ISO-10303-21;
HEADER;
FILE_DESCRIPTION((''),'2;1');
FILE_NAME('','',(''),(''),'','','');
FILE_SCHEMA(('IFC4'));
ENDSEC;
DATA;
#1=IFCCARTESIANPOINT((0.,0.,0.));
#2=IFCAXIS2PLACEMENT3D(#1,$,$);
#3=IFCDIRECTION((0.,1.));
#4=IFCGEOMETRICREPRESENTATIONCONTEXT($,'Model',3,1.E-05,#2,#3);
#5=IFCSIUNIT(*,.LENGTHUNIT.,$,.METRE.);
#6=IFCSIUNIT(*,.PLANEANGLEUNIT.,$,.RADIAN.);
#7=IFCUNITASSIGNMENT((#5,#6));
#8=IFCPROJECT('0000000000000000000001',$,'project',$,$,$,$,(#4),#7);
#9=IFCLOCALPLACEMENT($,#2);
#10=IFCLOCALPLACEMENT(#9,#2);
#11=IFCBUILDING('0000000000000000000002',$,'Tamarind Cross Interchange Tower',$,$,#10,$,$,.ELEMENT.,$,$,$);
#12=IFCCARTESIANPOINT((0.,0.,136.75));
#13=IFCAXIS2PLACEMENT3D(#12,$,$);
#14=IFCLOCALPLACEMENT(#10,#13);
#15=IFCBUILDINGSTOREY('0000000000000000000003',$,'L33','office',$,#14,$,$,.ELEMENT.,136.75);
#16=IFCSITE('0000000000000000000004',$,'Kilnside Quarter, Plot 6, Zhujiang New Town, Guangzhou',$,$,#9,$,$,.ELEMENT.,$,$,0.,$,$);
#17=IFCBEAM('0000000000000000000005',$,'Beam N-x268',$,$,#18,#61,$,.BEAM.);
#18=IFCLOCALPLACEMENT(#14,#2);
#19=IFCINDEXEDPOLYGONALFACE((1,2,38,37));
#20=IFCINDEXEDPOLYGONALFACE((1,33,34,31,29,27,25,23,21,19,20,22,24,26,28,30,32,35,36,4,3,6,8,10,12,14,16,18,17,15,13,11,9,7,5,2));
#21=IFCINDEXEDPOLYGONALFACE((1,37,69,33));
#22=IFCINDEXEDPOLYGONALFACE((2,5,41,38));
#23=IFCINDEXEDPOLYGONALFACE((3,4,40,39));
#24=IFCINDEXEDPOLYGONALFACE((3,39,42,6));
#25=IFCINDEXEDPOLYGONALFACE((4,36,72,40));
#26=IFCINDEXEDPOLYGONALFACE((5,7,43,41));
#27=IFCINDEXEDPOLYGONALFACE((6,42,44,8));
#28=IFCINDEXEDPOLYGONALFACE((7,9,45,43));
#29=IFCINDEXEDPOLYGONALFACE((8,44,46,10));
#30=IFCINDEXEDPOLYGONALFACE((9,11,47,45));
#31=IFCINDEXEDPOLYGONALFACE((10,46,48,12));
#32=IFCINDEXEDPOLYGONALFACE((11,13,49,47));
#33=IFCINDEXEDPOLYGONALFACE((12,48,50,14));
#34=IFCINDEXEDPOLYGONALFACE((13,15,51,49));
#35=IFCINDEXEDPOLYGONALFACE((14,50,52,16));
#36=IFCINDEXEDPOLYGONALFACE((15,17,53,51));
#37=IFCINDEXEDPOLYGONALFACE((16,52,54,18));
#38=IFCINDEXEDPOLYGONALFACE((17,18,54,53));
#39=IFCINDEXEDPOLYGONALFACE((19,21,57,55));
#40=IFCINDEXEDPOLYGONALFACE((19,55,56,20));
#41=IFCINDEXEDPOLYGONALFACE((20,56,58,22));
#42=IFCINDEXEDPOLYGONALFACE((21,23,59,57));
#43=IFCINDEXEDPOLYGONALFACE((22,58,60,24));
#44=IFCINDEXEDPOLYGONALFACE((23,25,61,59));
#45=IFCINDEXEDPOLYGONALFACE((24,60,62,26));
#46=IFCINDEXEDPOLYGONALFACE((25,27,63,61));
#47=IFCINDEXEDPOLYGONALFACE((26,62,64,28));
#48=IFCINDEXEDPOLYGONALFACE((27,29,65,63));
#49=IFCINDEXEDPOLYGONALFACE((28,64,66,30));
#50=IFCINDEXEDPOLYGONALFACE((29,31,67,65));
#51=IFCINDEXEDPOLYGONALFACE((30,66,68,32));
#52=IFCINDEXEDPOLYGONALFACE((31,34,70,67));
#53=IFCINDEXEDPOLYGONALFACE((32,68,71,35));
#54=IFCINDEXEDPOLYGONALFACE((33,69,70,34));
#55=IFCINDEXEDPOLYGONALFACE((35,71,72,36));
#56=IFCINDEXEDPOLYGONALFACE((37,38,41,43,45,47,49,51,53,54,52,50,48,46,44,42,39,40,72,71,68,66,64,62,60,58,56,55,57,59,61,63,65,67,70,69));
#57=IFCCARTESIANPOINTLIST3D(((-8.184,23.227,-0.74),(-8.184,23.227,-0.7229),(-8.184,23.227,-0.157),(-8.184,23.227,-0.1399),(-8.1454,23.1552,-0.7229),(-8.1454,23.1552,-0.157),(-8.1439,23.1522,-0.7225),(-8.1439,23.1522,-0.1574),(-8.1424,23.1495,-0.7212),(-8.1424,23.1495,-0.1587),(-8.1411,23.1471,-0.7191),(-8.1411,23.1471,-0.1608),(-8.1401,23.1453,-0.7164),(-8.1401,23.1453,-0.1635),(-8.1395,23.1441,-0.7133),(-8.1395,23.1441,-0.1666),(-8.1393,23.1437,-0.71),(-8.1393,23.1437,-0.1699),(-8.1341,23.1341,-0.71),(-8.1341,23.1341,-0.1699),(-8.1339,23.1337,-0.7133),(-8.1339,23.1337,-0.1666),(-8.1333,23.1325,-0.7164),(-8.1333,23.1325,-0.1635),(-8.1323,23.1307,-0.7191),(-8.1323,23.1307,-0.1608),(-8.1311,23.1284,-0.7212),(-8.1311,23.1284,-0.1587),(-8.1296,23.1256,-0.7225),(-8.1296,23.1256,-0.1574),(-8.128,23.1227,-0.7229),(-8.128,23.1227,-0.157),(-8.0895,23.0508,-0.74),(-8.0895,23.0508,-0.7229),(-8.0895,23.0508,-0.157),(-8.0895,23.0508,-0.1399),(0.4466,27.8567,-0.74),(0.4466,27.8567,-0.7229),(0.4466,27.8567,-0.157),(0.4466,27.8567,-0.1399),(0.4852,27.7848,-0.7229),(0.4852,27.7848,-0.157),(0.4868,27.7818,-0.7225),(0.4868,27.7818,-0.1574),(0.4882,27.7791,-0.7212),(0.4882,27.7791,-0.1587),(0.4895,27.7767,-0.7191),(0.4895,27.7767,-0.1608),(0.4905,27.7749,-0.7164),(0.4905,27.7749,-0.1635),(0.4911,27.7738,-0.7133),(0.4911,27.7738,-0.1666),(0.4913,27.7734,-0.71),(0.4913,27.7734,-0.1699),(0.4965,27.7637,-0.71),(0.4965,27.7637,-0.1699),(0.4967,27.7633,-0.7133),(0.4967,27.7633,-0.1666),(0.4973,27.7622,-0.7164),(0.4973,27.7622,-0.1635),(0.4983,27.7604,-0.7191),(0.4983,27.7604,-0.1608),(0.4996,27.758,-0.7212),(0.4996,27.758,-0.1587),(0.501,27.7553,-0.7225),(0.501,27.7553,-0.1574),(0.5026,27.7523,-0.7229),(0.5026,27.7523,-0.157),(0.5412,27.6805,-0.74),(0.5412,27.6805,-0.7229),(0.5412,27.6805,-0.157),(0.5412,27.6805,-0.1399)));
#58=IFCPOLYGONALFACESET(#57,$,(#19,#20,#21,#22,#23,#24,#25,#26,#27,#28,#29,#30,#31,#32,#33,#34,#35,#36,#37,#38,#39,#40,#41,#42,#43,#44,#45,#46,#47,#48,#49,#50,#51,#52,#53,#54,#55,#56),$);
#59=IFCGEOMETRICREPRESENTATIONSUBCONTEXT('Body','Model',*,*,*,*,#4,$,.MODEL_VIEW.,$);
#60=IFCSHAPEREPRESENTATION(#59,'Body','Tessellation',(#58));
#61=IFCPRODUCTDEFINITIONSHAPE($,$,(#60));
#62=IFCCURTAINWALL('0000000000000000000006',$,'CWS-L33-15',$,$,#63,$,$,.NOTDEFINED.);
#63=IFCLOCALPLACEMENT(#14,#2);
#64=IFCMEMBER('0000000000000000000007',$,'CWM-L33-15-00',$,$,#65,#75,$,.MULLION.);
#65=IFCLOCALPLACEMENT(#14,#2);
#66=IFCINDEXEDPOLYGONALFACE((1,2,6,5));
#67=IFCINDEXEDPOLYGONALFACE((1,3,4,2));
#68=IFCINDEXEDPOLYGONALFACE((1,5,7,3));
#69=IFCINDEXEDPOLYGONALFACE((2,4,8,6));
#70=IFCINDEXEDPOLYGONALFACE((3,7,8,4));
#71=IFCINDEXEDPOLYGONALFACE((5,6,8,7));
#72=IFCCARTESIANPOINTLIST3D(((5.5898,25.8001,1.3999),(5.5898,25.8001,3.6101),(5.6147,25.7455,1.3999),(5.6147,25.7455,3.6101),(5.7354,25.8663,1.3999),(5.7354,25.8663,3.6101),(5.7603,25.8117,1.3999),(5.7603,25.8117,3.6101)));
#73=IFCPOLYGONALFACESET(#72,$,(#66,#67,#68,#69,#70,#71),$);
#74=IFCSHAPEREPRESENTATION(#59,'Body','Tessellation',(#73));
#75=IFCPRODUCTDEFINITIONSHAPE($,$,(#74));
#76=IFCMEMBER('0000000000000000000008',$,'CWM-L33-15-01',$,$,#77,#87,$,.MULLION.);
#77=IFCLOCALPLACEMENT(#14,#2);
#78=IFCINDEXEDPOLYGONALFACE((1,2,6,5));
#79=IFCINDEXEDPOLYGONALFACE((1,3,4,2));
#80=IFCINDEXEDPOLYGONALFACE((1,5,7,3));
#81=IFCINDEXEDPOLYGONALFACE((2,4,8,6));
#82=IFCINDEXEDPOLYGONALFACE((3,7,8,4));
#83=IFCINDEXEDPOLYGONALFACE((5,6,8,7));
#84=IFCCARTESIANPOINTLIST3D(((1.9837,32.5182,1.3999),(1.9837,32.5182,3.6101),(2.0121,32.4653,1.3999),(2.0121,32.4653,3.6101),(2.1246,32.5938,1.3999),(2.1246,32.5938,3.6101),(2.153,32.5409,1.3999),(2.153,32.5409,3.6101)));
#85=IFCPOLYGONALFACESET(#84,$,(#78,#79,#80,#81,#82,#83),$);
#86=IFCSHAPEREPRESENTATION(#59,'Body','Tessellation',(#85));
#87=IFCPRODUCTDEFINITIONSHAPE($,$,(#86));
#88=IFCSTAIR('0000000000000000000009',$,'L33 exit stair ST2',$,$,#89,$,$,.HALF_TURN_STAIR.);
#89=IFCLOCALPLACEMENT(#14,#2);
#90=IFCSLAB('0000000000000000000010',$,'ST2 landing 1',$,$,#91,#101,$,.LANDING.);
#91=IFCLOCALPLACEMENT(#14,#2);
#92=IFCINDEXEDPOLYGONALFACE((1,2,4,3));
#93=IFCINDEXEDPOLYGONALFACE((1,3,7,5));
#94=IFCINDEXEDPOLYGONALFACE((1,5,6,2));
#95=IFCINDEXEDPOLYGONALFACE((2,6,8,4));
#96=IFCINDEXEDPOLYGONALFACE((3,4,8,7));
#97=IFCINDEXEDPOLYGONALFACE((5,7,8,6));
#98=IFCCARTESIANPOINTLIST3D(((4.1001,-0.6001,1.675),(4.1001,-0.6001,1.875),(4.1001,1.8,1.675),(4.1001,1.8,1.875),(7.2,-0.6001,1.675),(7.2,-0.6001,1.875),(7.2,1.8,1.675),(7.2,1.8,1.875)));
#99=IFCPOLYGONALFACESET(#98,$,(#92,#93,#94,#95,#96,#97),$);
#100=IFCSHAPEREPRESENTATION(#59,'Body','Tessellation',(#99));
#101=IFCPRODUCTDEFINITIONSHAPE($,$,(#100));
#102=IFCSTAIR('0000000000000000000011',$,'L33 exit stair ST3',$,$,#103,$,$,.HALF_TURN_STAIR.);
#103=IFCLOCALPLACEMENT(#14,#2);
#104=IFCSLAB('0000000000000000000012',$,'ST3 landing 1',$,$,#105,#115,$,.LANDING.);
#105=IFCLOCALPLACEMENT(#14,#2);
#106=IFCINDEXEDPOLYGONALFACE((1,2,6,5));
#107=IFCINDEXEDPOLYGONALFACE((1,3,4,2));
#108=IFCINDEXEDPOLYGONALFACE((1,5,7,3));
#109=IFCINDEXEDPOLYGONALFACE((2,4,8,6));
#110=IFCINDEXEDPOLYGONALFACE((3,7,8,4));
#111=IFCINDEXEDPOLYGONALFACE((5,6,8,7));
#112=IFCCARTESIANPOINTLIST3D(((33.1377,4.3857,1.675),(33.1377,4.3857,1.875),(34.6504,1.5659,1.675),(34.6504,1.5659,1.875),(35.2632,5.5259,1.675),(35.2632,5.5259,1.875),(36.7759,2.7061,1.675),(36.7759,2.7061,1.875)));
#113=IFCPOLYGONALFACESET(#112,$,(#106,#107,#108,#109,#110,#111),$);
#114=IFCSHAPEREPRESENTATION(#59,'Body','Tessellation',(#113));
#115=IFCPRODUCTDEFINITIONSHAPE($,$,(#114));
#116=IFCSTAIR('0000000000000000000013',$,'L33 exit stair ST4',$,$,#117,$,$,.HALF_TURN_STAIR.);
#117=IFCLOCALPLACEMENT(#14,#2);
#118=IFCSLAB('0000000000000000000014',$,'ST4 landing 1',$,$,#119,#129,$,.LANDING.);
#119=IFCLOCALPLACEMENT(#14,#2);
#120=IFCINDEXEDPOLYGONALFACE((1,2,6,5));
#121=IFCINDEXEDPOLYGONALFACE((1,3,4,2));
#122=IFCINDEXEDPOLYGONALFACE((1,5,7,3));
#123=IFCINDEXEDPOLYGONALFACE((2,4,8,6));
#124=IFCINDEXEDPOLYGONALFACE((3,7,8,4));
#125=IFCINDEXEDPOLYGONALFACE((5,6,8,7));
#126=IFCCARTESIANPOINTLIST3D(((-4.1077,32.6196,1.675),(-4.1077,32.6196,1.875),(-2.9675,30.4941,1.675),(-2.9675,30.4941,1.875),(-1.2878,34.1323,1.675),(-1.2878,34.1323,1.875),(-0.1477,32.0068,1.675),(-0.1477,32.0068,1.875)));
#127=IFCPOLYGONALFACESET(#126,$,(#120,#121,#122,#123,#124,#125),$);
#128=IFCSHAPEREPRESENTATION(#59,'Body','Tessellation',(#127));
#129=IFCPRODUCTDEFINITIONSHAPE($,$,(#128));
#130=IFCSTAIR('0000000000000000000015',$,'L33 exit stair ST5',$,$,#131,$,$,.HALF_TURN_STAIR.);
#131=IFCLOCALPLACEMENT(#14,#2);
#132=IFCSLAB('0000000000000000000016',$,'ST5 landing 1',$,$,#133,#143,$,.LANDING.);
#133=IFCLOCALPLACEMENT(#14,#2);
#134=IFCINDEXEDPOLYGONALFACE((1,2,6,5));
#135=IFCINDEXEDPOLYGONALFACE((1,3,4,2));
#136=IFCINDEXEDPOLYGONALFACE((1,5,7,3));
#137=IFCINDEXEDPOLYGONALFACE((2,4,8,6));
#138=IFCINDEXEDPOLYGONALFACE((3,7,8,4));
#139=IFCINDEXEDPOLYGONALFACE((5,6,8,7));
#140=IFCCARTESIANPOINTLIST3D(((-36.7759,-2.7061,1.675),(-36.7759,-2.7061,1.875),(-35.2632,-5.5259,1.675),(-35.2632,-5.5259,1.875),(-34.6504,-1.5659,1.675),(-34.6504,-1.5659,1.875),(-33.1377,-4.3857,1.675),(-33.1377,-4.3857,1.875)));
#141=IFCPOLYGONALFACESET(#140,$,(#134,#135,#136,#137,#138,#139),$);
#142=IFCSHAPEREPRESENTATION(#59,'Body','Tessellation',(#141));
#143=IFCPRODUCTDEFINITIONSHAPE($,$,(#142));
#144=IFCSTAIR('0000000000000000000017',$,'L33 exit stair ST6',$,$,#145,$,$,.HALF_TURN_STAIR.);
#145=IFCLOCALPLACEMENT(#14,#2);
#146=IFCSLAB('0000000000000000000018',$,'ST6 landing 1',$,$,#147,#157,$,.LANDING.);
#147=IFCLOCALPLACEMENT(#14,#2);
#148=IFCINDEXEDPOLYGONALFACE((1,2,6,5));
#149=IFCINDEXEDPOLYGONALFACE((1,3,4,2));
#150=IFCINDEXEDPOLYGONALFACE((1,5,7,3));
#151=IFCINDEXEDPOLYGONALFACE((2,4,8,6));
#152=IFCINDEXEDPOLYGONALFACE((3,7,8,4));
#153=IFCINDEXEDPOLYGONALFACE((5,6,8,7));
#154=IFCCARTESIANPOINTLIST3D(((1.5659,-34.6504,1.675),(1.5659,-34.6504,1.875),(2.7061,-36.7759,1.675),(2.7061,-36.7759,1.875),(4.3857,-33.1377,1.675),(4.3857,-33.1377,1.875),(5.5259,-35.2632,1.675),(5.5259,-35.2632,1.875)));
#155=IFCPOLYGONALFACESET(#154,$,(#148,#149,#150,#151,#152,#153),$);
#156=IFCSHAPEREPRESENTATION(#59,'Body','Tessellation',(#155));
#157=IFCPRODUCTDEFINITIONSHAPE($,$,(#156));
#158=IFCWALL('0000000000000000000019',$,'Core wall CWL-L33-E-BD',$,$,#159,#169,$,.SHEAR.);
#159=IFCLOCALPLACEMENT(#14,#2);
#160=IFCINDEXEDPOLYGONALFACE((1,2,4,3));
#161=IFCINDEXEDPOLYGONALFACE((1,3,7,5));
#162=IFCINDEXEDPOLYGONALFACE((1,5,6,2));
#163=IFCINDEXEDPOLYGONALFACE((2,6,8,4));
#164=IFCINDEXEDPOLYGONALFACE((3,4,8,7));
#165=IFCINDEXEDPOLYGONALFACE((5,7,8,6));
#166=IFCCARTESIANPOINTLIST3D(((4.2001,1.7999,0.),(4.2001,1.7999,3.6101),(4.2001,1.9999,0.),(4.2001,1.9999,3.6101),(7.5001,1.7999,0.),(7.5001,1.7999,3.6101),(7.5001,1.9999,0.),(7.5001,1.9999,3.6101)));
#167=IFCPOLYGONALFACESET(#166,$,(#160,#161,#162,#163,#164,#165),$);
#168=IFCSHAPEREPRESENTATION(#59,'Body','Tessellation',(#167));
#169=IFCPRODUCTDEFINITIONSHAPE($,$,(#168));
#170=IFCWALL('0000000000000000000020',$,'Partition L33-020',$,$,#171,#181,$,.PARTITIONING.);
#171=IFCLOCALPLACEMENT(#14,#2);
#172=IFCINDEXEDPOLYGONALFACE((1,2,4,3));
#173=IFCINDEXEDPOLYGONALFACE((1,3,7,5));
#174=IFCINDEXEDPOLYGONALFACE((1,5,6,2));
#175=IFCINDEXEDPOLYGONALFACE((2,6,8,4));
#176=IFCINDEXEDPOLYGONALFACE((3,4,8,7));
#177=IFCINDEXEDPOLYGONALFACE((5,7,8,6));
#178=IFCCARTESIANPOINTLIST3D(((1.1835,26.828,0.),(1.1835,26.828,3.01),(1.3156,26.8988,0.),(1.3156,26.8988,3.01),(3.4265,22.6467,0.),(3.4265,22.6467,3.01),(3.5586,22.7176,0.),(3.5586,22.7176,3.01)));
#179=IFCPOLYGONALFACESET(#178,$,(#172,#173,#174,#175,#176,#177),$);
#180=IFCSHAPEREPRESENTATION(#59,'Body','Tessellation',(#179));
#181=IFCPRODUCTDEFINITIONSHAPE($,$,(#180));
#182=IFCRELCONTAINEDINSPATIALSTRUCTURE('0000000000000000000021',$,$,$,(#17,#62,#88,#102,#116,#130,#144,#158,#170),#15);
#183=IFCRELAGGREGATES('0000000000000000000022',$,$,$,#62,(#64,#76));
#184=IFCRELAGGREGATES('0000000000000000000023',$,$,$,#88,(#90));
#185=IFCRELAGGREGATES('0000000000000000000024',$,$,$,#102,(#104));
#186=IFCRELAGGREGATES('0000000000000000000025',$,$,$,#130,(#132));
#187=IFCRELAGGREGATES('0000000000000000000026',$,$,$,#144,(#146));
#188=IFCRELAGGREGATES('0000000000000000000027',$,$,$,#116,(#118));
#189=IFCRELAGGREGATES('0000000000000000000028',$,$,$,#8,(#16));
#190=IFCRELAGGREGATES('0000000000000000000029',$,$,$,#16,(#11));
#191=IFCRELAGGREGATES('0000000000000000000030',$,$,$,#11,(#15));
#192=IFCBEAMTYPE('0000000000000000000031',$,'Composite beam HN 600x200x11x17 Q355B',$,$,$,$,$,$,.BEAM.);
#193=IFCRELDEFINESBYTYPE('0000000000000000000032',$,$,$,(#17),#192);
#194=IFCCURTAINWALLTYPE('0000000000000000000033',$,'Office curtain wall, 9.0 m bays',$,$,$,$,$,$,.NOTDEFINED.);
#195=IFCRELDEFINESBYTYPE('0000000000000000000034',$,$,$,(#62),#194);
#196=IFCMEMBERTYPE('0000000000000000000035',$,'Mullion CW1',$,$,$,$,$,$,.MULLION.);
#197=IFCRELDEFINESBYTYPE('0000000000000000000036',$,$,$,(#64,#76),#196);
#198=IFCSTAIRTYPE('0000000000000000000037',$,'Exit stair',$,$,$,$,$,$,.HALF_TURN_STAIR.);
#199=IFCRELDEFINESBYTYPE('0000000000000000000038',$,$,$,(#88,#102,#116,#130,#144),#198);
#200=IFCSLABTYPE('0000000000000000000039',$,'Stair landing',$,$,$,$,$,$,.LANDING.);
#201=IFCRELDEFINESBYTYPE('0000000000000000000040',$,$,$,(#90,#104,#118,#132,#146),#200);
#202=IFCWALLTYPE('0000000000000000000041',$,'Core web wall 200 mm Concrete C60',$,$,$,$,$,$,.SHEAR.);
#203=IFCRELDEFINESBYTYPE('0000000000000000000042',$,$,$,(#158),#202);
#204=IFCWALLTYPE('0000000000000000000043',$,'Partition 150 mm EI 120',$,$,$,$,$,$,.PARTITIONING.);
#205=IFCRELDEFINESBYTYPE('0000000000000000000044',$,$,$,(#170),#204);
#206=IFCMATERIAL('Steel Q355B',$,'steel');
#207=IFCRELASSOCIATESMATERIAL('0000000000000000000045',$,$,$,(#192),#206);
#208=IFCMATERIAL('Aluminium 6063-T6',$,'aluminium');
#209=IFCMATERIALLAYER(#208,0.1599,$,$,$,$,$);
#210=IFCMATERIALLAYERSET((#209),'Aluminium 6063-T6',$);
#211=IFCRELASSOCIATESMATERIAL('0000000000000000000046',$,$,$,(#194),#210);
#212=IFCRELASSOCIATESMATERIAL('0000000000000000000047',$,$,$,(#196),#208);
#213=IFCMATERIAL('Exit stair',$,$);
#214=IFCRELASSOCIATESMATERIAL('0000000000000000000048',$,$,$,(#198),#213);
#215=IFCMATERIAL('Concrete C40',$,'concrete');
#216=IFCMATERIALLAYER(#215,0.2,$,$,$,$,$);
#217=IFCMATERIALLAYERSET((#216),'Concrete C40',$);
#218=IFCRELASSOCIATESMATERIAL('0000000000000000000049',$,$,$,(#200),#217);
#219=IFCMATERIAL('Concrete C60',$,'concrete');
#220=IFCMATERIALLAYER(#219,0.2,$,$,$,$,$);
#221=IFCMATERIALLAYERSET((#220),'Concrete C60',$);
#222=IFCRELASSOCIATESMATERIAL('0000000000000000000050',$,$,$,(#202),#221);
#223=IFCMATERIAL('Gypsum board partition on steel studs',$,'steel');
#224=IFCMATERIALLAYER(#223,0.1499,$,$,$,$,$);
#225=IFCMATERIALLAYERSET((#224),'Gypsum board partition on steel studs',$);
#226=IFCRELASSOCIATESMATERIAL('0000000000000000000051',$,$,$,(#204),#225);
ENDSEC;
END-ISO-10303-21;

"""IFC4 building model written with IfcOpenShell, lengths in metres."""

from ifc_helpers import new_model, si_unit, direction, frame, frame_2d, origin, origin_2d, place, context, subcontext, project, spatial, polyline, rectangle, i_section, outline, extrude, material, layer, layer_set, material_profile, profile_set, type_object, element, aggregate, save


model = new_model("IFC4")

# Units and contexts
model_context = context("Model", 3, precision=1e-05, world=origin(), true_north=direction((0.0, 1.0)))
body_context = subcontext(model_context, "Body", "Model", "MODEL_VIEW")
ifc_project = project(units=[si_unit("LENGTHUNIT", "METRE"), si_unit("PLANEANGLEUNIT", "RADIAN")], contexts=[model_context])

# Site, building, storey
site_placement = place(None, origin())
site = spatial("IfcSite", under=ifc_project, at=site_placement, Name="Kilnside Quarter, Plot 6, Zhujiang New Town, Guangzhou", CompositionType="ELEMENT", RefElevation=0.0)
building_placement = place(site_placement, origin())
building = spatial("IfcBuilding", under=site, at=building_placement, Name="Tamarind Cross Interchange Tower", CompositionType="ELEMENT")
storey_placement = place(building_placement, frame((0.0, 0.0, 136.75)))
storey = spatial("IfcBuildingStorey", under=building, at=storey_placement, Name="L33", Description="office", CompositionType="ELEMENT", Elevation=136.75)

# Shared definitions
ifc_material_1 = material(Name="Concrete C60", Category="concrete")

# Beam
ifc_material_2 = material(Name="Steel Q355B", Category="steel")
ifc_material_profile_1 = material_profile(ifc_material_2, i_section(OverallWidth=0.2, OverallDepth=0.6001, WebThickness=0.011, FlangeThickness=0.0171, FilletRadius=0.0129, at=origin_2d()), Name="HN 600x200x11x17")
ifc_profile_set_1 = profile_set([ifc_material_profile_1], Name="Steel Q355B")
beam_type_1 = type_object("IfcBeamType", Name="Composite beam HN 600x200x11x17 Q355B", PredefinedType="BEAM", material=ifc_profile_set_1)
beam_1_placement = place(storey_placement, frame((0.4939, 27.7686, -0.4399), z_axis=(-0.881221, -0.472705, 0.0), x_axis=(0.472705, -0.881221, 0.0)))
element("IfcBeam", 1, at=beam_1_placement, inside=storey, type_object=beam_type_1, Name="Beam N-x268", PredefinedType="BEAM", context=body_context, shape_type="SweptSolid", body=[
    extrude(i_section(OverallWidth=0.2, OverallDepth=0.6001, WebThickness=0.011, FlangeThickness=0.0171, FilletRadius=0.0129, at=origin_2d()), origin(), (0.0, 0.0, 1.0), 9.7939),
])

# Curtain wall, members
ifc_material_3 = material(Name="Aluminium 6063-T6", Category="aluminium")
ifc_layer_1 = layer(ifc_material_3, 0.1599)
ifc_layer_set_1 = layer_set([ifc_layer_1], Name="Aluminium 6063-T6")
curtain_wall_type = type_object("IfcCurtainWallType", Name="Office curtain wall, 9.0 m bays", PredefinedType="NOTDEFINED", material=ifc_layer_set_1)
curtain_wall_placement = place(storey_placement, origin())
curtain_wall = element("IfcCurtainWall", 2, at=curtain_wall_placement, inside=storey, type_object=curtain_wall_type, Name="CWS-L33-15", PredefinedType="NOTDEFINED")
ifc_material_profile_2 = material_profile(ifc_material_3, rectangle(XDim=0.0601, YDim=0.1599, at=origin_2d()), Name="Mullion CW1")
ifc_profile_set_2 = profile_set([ifc_material_profile_2], Name="Aluminium 6063-T6")
member_type = type_object("IfcMemberType", Name="Mullion CW1", PredefinedType="MULLION", material=ifc_profile_set_2)
member_1_placement = place(storey_placement, frame((5.675, 25.8059, 1.3999), z_axis=(0.0, 0.0, 1.0), x_axis=(-0.414052, 0.910253, 0.0)))
member_1 = element("IfcMember", 3, at=member_1_placement, type_object=member_type, Name="CWM-L33-15-00", PredefinedType="MULLION", context=body_context, shape_type="SweptSolid", body=[
    extrude(rectangle(XDim=0.0601, YDim=0.1599, at=origin_2d()), origin(), (0.0, 0.0, 1.0), 2.2102),
])
member_2_placement = place(storey_placement, frame((2.0684, 32.5295, 1.3999), z_axis=(0.0, 0.0, 1.0), x_axis=(-0.472698, 0.881224, 0.0)))
member_2 = element("IfcMember", 4, at=member_2_placement, type_object=member_type, Name="CWM-L33-15-01", PredefinedType="MULLION", context=body_context, shape_type="SweptSolid", body=[
    extrude(rectangle(XDim=0.0601, YDim=0.1599, at=origin_2d()), origin(), (0.0, 0.0, 1.0), 2.2102),
])
aggregate(curtain_wall, [member_1, member_2])

# Stairs, slabs
ifc_material_4 = material(Name="Exit stair")
stair_type = type_object("IfcStairType", Name="Exit stair", PredefinedType="HALF_TURN_STAIR", material=ifc_material_4)
stair_1_placement = place(storey_placement, origin())
stair_1 = element("IfcStair", 5, at=stair_1_placement, inside=storey, type_object=stair_type, Name="L33 exit stair ST2", PredefinedType="HALF_TURN_STAIR")
ifc_material_5 = material(Name="Concrete C40", Category="concrete")
ifc_layer_2 = layer(ifc_material_5, 0.2)
ifc_layer_set_2 = layer_set([ifc_layer_2], Name="Concrete C40")
slab_type = type_object("IfcSlabType", Name="Stair landing", PredefinedType="LANDING", material=ifc_layer_set_2)
slab_1_placement = place(storey_placement, frame((0.0, 0.0, 1.675)))
slab_1 = element("IfcSlab", 6, at=slab_1_placement, type_object=slab_type, Name="ST2 landing 1", PredefinedType="LANDING", context=body_context, shape_type="SweptSolid", body=[
    extrude(outline(polyline([(7.2, -0.6001), (7.2, 1.8), (4.1001, 1.8), (4.1001, -0.6001), (7.2, -0.6001)])), origin(), (0.0, 0.0, 1.0), 0.2),
])
aggregate(stair_1, [slab_1])
stair_2_placement = place(storey_placement, origin())
stair_2 = element("IfcStair", 7, at=stair_2_placement, inside=storey, type_object=stair_type, Name="L33 exit stair ST3", PredefinedType="HALF_TURN_STAIR")
slab_2_placement = place(storey_placement, frame((0.0, 0.0, 1.675)))
slab_2 = element("IfcSlab", 8, at=slab_2_placement, type_object=slab_type, Name="ST3 landing 1", PredefinedType="LANDING", context=body_context, shape_type="SweptSolid", body=[
    extrude(outline(polyline([(34.6504, 1.5659), (36.7759, 2.7061), (35.2632, 5.5259), (33.1377, 4.3857), (34.6504, 1.5659)])), origin(), (0.0, 0.0, 1.0), 0.2),
])
aggregate(stair_2, [slab_2])
stair_3_placement = place(storey_placement, origin())
stair_3 = element("IfcStair", 9, at=stair_3_placement, inside=storey, type_object=stair_type, Name="L33 exit stair ST4", PredefinedType="HALF_TURN_STAIR")
slab_3_placement = place(storey_placement, frame((0.0, 0.0, 1.675)))
slab_3 = element("IfcSlab", 10, at=slab_3_placement, type_object=slab_type, Name="ST4 landing 1", PredefinedType="LANDING", context=body_context, shape_type="SweptSolid", body=[
    extrude(outline(polyline([(-0.1477, 32.0068), (-1.2878, 34.1323), (-4.1077, 32.6196), (-2.9675, 30.4941), (-0.1477, 32.0068)])), origin(), (0.0, 0.0, 1.0), 0.2),
])
stair_4_placement = place(storey_placement, origin())
stair_4 = element("IfcStair", 11, at=stair_4_placement, inside=storey, type_object=stair_type, Name="L33 exit stair ST5", PredefinedType="HALF_TURN_STAIR")
slab_4_placement = place(storey_placement, frame((0.0, 0.0, 1.675)))
slab_4 = element("IfcSlab", 12, at=slab_4_placement, type_object=slab_type, Name="ST5 landing 1", PredefinedType="LANDING", context=body_context, shape_type="SweptSolid", body=[
    extrude(outline(polyline([(-34.6504, -1.5659), (-36.7759, -2.7061), (-35.2632, -5.5259), (-33.1377, -4.3857), (-34.6504, -1.5659)])), origin(), (0.0, 0.0, 1.0), 0.2),
])
aggregate(stair_4, [slab_4])
stair_5_placement = place(storey_placement, origin())
stair_5 = element("IfcStair", 13, at=stair_5_placement, inside=storey, type_object=stair_type, Name="L33 exit stair ST6", PredefinedType="HALF_TURN_STAIR")
slab_5_placement = place(storey_placement, frame((0.0, 0.0, 1.675)))
slab_5 = element("IfcSlab", 14, at=slab_5_placement, type_object=slab_type, Name="ST6 landing 1", PredefinedType="LANDING", context=body_context, shape_type="SweptSolid", body=[
    extrude(outline(polyline([(1.5659, -34.6504), (2.7061, -36.7759), (5.5259, -35.2632), (4.3857, -33.1377), (1.5659, -34.6504)])), origin(), (0.0, 0.0, 1.0), 0.2),
])
aggregate(stair_5, [slab_5])

# Walls
ifc_layer_3 = layer(ifc_material_1, 0.2)
ifc_layer_set_3 = layer_set([ifc_layer_3], Name="Concrete C60")
wall_type_1 = type_object("IfcWallType", Name="Core web wall 200 mm Concrete C60", PredefinedType="SHEAR", material=ifc_layer_set_3)
wall_1_placement = place(storey_placement, frame((7.5, 1.8999, 0.0), z_axis=(0.0, 0.0, 1.0), x_axis=(-1.0, 0.0, 0.0)))
element("IfcWall", 15, at=wall_1_placement, inside=storey, type_object=wall_type_1, Name="Core wall CWL-L33-E-BD", PredefinedType="SHEAR", context=body_context, shape_type="SweptSolid", body=[
    extrude(rectangle(XDim=3.3, YDim=0.2, at=frame_2d((1.6499, 0.0))), origin(), (0.0, 0.0, 1.0), 3.6101),
])
ifc_material_6 = material(Name="Gypsum board partition on steel studs", Category="steel")
ifc_layer_4 = layer(ifc_material_6, 0.1499)
ifc_layer_set_4 = layer_set([ifc_layer_4], Name="Gypsum board partition on steel studs")
wall_type_2 = type_object("IfcWallType", Name="Partition 150 mm EI 120", PredefinedType="PARTITIONING", material=ifc_layer_set_4)
wall_2_placement = place(storey_placement, frame((1.2495, 26.8635, 0.0), z_axis=(0.0, 0.0, 1.0), x_axis=(0.472715, -0.881215, 0.0)))
element("IfcWall", 16, at=wall_2_placement, inside=storey, type_object=wall_type_2, Name="Partition L33-020", PredefinedType="PARTITIONING", context=body_context, shape_type="SweptSolid", body=[
    extrude(rectangle(XDim=4.7449, YDim=0.1499, at=frame_2d((2.3726, 0.0))), origin(), (0.0, 0.0, 1.0), 3.01),
])

aggregate(stair_3, [slab_3])

save(model, "model.ifc")
